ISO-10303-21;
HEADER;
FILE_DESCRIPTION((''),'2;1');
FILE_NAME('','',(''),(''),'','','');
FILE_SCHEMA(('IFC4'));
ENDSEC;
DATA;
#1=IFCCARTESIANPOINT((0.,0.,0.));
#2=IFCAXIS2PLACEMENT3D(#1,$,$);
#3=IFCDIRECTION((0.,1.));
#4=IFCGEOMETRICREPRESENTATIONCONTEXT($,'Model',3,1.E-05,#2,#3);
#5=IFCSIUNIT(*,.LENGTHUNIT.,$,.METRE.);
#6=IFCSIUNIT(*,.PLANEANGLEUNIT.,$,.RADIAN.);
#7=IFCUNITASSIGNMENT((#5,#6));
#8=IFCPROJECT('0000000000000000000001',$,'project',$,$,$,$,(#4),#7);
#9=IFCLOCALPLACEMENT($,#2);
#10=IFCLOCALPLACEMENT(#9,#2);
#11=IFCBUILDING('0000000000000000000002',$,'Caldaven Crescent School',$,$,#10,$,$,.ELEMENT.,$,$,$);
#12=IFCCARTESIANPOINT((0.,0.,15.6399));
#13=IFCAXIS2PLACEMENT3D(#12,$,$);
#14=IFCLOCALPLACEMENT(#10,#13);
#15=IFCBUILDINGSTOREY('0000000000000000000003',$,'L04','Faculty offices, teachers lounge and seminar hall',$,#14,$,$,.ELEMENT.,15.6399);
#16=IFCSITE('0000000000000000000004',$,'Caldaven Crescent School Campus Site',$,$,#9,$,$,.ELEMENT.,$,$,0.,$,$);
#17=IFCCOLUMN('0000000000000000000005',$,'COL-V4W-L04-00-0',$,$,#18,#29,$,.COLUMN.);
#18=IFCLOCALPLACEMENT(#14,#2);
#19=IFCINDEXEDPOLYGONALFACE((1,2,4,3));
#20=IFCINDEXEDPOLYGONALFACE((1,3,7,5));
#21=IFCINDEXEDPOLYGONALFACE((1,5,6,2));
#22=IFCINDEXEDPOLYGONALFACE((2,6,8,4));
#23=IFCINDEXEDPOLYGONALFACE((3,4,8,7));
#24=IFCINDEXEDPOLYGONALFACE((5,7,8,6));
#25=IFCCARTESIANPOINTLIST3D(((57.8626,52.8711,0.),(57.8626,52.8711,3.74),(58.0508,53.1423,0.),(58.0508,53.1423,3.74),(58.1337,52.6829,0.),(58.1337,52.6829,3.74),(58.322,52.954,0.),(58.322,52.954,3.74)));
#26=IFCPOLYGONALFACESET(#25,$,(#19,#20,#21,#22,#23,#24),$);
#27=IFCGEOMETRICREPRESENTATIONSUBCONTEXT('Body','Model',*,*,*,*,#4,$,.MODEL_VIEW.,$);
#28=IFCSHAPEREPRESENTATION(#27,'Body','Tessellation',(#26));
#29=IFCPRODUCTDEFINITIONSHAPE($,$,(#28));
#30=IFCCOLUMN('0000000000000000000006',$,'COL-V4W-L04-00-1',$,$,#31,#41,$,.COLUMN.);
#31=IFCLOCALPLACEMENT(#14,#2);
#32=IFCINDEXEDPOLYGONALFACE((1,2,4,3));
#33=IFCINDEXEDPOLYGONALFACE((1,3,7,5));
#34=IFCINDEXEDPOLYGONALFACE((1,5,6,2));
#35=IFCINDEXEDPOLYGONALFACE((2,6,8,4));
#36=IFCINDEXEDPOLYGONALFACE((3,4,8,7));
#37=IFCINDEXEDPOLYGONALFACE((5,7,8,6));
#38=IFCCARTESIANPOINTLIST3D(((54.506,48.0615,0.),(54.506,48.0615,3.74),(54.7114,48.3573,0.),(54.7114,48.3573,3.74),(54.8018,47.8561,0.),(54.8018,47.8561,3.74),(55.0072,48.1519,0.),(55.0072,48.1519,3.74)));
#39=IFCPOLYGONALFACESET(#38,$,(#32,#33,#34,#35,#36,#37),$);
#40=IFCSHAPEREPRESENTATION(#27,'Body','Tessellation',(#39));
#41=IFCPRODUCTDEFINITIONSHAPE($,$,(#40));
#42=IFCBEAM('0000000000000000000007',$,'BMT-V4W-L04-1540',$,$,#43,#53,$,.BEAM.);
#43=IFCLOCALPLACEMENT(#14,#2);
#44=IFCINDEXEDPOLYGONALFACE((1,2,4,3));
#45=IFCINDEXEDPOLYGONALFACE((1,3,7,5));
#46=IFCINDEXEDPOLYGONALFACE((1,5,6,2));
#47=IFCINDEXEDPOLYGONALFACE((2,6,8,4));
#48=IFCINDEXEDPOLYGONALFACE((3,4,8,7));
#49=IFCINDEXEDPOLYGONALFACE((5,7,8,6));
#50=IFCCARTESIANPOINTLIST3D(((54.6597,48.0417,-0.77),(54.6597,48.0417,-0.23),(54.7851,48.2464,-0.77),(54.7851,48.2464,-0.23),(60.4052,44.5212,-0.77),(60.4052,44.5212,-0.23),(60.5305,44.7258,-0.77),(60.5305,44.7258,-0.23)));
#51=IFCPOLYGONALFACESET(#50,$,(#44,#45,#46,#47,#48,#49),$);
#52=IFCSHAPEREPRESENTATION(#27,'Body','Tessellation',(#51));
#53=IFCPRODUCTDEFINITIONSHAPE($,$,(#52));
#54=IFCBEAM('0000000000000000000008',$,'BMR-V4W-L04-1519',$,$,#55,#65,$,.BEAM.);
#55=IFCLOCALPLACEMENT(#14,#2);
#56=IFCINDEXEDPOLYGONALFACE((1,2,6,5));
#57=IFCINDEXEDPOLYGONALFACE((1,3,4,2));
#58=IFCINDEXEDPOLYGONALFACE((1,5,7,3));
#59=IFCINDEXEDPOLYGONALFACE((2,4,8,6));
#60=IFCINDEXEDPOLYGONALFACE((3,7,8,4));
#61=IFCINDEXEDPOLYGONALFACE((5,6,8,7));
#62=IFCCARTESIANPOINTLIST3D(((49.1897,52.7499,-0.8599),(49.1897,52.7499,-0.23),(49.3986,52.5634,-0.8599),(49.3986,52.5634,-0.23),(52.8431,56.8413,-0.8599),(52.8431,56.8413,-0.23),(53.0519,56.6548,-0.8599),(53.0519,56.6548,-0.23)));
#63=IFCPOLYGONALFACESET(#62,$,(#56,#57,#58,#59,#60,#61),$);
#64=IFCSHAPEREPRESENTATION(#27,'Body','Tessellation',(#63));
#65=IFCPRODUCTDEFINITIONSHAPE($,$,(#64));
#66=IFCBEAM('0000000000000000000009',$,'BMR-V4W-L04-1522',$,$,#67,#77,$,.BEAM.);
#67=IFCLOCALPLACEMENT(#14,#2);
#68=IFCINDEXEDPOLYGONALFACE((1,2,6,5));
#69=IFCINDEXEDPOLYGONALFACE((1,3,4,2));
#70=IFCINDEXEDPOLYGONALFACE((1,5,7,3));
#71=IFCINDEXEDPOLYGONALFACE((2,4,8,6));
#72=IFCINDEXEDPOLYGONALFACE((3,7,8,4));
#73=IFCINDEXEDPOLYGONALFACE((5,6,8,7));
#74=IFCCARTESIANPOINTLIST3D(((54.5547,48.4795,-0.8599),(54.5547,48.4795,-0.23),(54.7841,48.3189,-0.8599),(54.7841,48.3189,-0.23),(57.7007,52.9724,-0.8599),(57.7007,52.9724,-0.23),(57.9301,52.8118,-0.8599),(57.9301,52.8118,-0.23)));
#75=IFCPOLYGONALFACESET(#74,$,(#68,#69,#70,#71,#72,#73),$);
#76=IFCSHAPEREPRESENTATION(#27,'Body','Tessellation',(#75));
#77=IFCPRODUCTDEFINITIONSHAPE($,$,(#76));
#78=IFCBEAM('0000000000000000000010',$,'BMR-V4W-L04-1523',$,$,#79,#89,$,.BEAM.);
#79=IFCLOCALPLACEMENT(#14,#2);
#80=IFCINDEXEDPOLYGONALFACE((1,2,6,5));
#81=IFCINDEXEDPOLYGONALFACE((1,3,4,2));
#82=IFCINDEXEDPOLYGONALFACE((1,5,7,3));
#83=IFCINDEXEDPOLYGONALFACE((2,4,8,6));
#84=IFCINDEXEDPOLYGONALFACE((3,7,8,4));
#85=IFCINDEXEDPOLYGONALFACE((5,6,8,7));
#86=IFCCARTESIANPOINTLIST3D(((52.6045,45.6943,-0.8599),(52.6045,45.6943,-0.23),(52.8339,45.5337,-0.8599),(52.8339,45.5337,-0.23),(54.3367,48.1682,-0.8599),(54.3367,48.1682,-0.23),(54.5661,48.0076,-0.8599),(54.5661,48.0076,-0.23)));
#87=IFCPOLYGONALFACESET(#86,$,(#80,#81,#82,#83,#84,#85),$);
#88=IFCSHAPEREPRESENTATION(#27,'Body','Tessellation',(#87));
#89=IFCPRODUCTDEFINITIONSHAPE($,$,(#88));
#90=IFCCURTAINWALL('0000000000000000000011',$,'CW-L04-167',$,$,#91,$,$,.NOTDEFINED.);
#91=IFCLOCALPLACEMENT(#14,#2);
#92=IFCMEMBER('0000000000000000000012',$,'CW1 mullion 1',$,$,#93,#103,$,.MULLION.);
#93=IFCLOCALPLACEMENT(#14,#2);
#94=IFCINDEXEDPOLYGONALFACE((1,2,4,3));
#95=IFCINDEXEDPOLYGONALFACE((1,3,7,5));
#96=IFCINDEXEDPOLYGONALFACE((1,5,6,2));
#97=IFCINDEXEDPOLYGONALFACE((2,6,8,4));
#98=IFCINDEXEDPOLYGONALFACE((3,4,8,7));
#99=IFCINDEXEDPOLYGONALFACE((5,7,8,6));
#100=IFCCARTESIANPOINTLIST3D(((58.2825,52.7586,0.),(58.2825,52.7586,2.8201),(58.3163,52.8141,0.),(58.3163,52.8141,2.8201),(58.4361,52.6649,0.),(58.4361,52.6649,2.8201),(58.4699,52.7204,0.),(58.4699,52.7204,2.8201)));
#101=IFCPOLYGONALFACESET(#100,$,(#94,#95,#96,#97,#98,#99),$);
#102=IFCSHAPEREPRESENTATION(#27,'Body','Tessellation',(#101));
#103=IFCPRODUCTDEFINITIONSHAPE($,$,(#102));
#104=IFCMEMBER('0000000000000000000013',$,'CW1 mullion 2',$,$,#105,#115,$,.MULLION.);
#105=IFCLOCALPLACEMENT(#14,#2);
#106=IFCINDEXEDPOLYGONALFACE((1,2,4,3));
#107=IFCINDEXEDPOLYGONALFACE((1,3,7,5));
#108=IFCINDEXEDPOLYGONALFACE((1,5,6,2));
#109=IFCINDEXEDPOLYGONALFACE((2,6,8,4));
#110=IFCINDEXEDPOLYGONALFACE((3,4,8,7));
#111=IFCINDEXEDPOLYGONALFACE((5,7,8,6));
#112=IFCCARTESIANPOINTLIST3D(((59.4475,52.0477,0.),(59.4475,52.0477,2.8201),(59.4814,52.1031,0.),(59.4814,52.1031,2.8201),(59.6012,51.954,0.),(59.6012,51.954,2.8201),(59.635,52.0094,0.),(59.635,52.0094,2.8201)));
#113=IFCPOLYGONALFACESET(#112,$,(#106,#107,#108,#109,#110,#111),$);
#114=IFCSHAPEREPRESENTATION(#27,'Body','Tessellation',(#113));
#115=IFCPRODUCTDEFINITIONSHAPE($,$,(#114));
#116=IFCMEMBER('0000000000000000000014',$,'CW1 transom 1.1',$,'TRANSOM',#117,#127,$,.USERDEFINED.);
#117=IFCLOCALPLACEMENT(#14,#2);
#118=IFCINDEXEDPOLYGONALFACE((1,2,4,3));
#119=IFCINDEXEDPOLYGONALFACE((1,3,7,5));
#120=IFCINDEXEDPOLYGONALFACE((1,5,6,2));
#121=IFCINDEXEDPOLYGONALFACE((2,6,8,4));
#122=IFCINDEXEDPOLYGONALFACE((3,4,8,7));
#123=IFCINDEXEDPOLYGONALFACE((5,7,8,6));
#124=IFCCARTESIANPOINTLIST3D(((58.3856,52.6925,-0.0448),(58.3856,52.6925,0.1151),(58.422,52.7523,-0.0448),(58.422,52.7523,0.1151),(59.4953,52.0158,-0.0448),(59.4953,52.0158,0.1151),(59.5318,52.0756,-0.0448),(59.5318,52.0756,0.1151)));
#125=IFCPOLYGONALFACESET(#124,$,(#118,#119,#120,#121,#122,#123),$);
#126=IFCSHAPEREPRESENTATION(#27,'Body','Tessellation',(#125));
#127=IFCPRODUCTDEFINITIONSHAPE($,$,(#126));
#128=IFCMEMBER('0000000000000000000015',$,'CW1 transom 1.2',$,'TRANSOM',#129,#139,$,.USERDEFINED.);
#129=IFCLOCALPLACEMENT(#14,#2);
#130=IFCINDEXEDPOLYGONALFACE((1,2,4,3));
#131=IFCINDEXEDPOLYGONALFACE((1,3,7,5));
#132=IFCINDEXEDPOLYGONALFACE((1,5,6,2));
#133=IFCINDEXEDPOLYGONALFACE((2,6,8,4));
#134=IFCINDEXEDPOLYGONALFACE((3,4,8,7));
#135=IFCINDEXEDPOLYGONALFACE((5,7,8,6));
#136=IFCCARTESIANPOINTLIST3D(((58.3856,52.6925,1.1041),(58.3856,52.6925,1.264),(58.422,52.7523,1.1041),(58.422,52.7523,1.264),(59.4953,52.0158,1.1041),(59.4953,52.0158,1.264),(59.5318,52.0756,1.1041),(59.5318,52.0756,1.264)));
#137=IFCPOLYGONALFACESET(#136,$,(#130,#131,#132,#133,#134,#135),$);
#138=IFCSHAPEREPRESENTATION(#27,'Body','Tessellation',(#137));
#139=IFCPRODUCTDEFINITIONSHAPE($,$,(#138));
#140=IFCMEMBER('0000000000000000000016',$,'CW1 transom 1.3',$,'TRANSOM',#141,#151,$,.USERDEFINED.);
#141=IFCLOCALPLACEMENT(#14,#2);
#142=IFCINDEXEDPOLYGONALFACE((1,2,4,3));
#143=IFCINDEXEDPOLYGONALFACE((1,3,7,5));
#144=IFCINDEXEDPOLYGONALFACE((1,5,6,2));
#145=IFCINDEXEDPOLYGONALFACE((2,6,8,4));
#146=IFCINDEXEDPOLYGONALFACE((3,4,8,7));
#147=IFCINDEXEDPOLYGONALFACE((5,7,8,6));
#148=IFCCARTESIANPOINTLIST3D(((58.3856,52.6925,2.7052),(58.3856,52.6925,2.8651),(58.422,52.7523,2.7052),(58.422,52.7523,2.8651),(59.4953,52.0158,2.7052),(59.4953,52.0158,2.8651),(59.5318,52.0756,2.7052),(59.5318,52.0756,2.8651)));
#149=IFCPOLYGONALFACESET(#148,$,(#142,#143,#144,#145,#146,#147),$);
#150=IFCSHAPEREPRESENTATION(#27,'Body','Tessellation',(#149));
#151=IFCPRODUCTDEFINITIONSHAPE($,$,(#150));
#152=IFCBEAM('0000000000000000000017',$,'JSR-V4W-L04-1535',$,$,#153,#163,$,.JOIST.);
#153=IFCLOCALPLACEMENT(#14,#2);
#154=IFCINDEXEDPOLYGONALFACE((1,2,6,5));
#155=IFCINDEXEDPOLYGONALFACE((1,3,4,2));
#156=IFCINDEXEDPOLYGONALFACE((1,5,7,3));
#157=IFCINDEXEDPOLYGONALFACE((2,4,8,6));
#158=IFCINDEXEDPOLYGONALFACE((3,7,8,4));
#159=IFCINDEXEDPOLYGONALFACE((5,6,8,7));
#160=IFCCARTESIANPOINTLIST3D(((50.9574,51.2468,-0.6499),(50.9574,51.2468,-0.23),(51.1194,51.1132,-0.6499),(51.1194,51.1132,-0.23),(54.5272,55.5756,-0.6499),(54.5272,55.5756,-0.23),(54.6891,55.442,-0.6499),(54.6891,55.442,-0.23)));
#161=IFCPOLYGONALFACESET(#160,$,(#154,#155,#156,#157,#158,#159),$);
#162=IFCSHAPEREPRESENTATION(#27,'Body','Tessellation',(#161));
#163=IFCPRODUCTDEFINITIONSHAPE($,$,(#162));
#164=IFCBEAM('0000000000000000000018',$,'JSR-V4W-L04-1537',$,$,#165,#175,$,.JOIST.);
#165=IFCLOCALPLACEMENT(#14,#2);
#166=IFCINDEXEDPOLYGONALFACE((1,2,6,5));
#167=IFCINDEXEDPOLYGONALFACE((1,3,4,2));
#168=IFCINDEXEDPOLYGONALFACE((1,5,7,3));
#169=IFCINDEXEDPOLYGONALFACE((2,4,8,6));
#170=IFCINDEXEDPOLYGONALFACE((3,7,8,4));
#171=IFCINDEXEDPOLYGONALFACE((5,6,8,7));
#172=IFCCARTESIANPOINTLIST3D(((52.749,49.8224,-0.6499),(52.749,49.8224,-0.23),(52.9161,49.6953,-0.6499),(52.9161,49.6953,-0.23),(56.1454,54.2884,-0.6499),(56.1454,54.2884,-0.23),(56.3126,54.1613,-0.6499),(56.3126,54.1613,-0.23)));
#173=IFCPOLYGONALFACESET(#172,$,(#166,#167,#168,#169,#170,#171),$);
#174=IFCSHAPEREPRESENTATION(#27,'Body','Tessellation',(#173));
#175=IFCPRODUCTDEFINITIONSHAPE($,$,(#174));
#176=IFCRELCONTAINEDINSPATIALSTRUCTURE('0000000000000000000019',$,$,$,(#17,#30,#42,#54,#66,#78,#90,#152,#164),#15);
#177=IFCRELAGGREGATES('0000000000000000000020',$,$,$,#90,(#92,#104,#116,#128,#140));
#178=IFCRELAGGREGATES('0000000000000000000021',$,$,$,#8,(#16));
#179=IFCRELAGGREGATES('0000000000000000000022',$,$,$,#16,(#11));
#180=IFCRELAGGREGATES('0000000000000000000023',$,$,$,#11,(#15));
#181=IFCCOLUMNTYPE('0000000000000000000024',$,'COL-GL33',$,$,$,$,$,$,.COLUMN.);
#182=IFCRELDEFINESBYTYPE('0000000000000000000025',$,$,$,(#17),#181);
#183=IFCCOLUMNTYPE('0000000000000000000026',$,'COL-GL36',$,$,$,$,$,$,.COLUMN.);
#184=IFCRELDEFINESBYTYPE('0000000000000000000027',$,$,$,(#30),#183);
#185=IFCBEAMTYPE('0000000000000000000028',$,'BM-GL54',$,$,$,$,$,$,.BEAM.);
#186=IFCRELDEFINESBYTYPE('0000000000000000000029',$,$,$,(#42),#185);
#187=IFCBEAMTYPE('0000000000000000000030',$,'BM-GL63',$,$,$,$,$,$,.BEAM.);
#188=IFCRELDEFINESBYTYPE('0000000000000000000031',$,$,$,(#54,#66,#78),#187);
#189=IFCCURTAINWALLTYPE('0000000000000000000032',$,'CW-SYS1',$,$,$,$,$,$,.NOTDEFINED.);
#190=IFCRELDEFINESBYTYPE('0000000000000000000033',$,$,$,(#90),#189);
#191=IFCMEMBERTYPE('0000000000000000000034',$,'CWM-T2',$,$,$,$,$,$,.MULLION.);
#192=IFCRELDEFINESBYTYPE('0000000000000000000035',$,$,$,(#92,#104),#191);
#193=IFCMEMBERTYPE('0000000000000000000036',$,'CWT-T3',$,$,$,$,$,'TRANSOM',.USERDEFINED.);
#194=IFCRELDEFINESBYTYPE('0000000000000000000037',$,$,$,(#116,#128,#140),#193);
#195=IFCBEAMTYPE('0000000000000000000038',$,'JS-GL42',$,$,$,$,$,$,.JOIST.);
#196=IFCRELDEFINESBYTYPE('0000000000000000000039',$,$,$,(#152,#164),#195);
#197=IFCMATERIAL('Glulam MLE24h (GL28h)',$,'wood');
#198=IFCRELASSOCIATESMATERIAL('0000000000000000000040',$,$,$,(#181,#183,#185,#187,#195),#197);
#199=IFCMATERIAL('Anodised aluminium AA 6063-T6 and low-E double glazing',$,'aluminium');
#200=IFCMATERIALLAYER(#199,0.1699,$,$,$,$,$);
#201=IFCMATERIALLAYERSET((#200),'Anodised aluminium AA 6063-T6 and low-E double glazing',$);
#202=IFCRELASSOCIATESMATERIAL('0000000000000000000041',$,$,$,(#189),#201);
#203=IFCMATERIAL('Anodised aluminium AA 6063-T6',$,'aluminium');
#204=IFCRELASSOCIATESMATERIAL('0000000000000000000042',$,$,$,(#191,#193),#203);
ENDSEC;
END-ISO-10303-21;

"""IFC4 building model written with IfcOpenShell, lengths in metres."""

from ifc_helpers import new_model, si_unit, direction, frame, origin, origin_2d, place, context, subcontext, project, spatial, rectangle, extrude, material, layer, layer_set, material_profile, profile_set, type_object, element, aggregate, save


model = new_model("IFC4")

# Units and contexts
model_context = context("Model", 3, precision=1e-05, world=origin(), true_north=direction((0.0, 1.0)))
body_context = subcontext(model_context, "Body", "Model", "MODEL_VIEW")
ifc_project = project(units=[si_unit("LENGTHUNIT", "METRE"), si_unit("PLANEANGLEUNIT", "RADIAN")], contexts=[model_context])

# Site, building, storey
site_placement = place(None, origin())
site = spatial("IfcSite", under=ifc_project, at=site_placement, Name="Caldaven Crescent School Campus Site", CompositionType="ELEMENT", RefElevation=0.0)
building_placement = place(site_placement, origin())
building = spatial("IfcBuilding", under=site, at=building_placement, Name="Caldaven Crescent School", CompositionType="ELEMENT")
storey_placement = place(building_placement, frame((0.0, 0.0, 15.6399)))
storey = spatial("IfcBuildingStorey", under=building, at=storey_placement, Name="L04", Description="Faculty offices, teachers lounge and seminar hall", CompositionType="ELEMENT", Elevation=15.6399)

# Columns
ifc_material_1 = material(Name="Glulam MLE24h (GL28h)", Category="wood")
ifc_material_profile_1 = material_profile(ifc_material_1, rectangle(XDim=0.3301, YDim=0.3301, at=origin_2d()), Name="MLE 330x330")
ifc_profile_set_1 = profile_set([ifc_material_profile_1], Name="Glulam MLE24h (GL28h)")
column_type_1 = type_object("IfcColumnType", Name="COL-GL33", PredefinedType="COLUMN", material=ifc_profile_set_1)
column_1_placement = place(storey_placement, frame((58.0923, 52.9126, 0.0), z_axis=(0.0, 0.0, 1.0), x_axis=(-0.570284, -0.821448, 0.0)))
element("IfcColumn", 1, at=column_1_placement, inside=storey, type_object=column_type_1, Name="COL-V4W-L04-00-0", PredefinedType="COLUMN", context=body_context, shape_type="SweptSolid", body=[
    extrude(rectangle(XDim=0.3301, YDim=0.3301, at=origin_2d()), origin(), (0.0, 0.0, 1.0), 3.74),
])
ifc_material_profile_2 = material_profile(ifc_material_1, rectangle(XDim=0.3601, YDim=0.3601, at=origin_2d()), Name="MLE 360x360")
ifc_profile_set_2 = profile_set([ifc_material_profile_2], Name="Glulam MLE24h (GL28h)")
column_type_2 = type_object("IfcColumnType", Name="COL-GL36", PredefinedType="COLUMN", material=ifc_profile_set_2)
column_2_placement = place(storey_placement, frame((54.7566, 48.1067, 0.0), z_axis=(0.0, 0.0, 1.0), x_axis=(-0.570284, -0.821448, 0.0)))
element("IfcColumn", 2, at=column_2_placement, inside=storey, type_object=column_type_2, Name="COL-V4W-L04-00-1", PredefinedType="COLUMN", context=body_context, shape_type="SweptSolid", body=[
    extrude(rectangle(XDim=0.3601, YDim=0.3601, at=origin_2d()), origin(), (0.0, 0.0, 1.0), 3.74),
])

# Beams
ifc_material_profile_3 = material_profile(ifc_material_1, rectangle(XDim=0.24, YDim=0.54, at=origin_2d()), Name="MLE 240x540")
ifc_profile_set_3 = profile_set([ifc_material_profile_3], Name="Glulam MLE24h (GL28h)")
beam_type_1 = type_object("IfcBeamType", Name="BM-GL54", PredefinedType="BEAM", material=ifc_profile_set_3)
beam_1_placement = place(storey_placement, frame((54.7224, 48.144, -0.5), z_axis=(0.852657, -0.522471, 0.0), x_axis=(0.522471, 0.852657, 0.0)))
element("IfcBeam", 3, at=beam_1_placement, inside=storey, type_object=beam_type_1, Name="BMT-V4W-L04-1540", PredefinedType="BEAM", context=body_context, shape_type="SweptSolid", body=[
    extrude(rectangle(XDim=0.24, YDim=0.54, at=origin_2d()), origin(), (0.0, 0.0, 1.0), 6.7383),
])
ifc_material_profile_4 = material_profile(ifc_material_1, rectangle(XDim=0.28, YDim=0.6299, at=origin_2d()), Name="MLE 280x630")
ifc_profile_set_4 = profile_set([ifc_material_profile_4], Name="Glulam MLE24h (GL28h)")
beam_type_2 = type_object("IfcBeamType", Name="BM-GL63", PredefinedType="BEAM", material=ifc_profile_set_4)
beam_2_placement = place(storey_placement, frame((52.9475, 56.748, -0.5449), z_axis=(-0.666053, -0.745904, 0.0), x_axis=(0.745904, -0.666053, 0.0)))
element("IfcBeam", 4, at=beam_2_placement, inside=storey, type_object=beam_type_2, Name="BMR-V4W-L04-1519", PredefinedType="BEAM", context=body_context, shape_type="SweptSolid", body=[
    extrude(rectangle(XDim=0.28, YDim=0.6299, at=origin_2d()), origin(), (0.0, 0.0, 1.0), 5.4851),
])
beam_3_placement = place(storey_placement, frame((57.8154, 52.8921, -0.5449), z_axis=(-0.573579, -0.81915, 0.0), x_axis=(0.81915, -0.573579, 0.0)))
element("IfcBeam", 5, at=beam_3_placement, inside=storey, type_object=beam_type_2, Name="BMR-V4W-L04-1522", PredefinedType="BEAM", context=body_context, shape_type="SweptSolid", body=[
    extrude(rectangle(XDim=0.28, YDim=0.6299, at=origin_2d()), origin(), (0.0, 0.0, 1.0), 5.4849),
])
beam_4_placement = place(storey_placement, frame((54.4514, 48.0879, -0.5449), z_axis=(-0.573565, -0.81916, 0.0), x_axis=(0.81916, -0.573565, 0.0)))
element("IfcBeam", 6, at=beam_4_placement, inside=storey, type_object=beam_type_2, Name="BMR-V4W-L04-1523", PredefinedType="BEAM", context=body_context, shape_type="SweptSolid", body=[
    extrude(rectangle(XDim=0.28, YDim=0.6299, at=origin_2d()), origin(), (0.0, 0.0, 1.0), 3.02),
])

# Curtain wall, members
ifc_material_2 = material(Name="Anodised aluminium AA 6063-T6 and low-E double glazing", Category="aluminium")
ifc_layer_1 = layer(ifc_material_2, 0.1699)
ifc_layer_set_1 = layer_set([ifc_layer_1], Name="Anodised aluminium AA 6063-T6 and low-E double glazing")
curtain_wall_type = type_object("IfcCurtainWallType", Name="CW-SYS1", PredefinedType="NOTDEFINED", material=ifc_layer_set_1)
curtain_wall_placement = place(storey_placement, origin())
curtain_wall = element("IfcCurtainWall", 7, at=curtain_wall_placement, inside=storey, type_object=curtain_wall_type, Name="CW-L04-167", PredefinedType="NOTDEFINED")
ifc_material_3 = material(Name="Anodised aluminium AA 6063-T6", Category="aluminium")
ifc_material_profile_5 = material_profile(ifc_material_3, rectangle(XDim=0.0649, YDim=0.1799, at=origin_2d()), Name="CWM 65x180")
ifc_profile_set_5 = profile_set([ifc_material_profile_5], Name="Anodised aluminium AA 6063-T6")
member_type_1 = type_object("IfcMemberType", Name="CWM-T2", PredefinedType="MULLION", material=ifc_profile_set_5)
member_1_placement = place(storey_placement, frame((58.3762, 52.7395, 0.0), z_axis=(0.0, 0.0, 1.0), x_axis=(0.520751, 0.853709, 0.0)))
member_1 = element("IfcMember", 8, at=member_1_placement, type_object=member_type_1, Name="CW1 mullion 1", PredefinedType="MULLION", context=body_context, shape_type="SweptSolid", body=[
    extrude(rectangle(XDim=0.0649, YDim=0.1799, at=origin_2d()), origin(), (0.0, 0.0, 1.0), 2.8201),
])
member_2_placement = place(storey_placement, frame((59.5413, 52.0286, 0.0), z_axis=(0.0, 0.0, 1.0), x_axis=(0.520751, 0.853709, 0.0)))
member_2 = element("IfcMember", 9, at=member_2_placement, type_object=member_type_1, Name="CW1 mullion 2", PredefinedType="MULLION", context=body_context, shape_type="SweptSolid", body=[
    extrude(rectangle(XDim=0.0649, YDim=0.1799, at=origin_2d()), origin(), (0.0, 0.0, 1.0), 2.8201),
])
ifc_material_profile_6 = material_profile(ifc_material_3, rectangle(XDim=0.0701, YDim=0.1599, at=origin_2d()), Name="CWT 70x160")
ifc_profile_set_6 = profile_set([ifc_material_profile_6], Name="Anodised aluminium AA 6063-T6")
member_type_2 = type_object("IfcMemberType", Name="CWT-T3", ElementType="TRANSOM", PredefinedType="USERDEFINED", material=ifc_profile_set_6)
member_3_placement = place(storey_placement, frame((58.4038, 52.7224, 0.0352), z_axis=(0.853792, -0.520614, 0.0), x_axis=(0.520614, 0.853792, 0.0)))
member_3 = element("IfcMember", 10, at=member_3_placement, type_object=member_type_2, Name="CW1 transom 1.1", ObjectType="TRANSOM", PredefinedType="USERDEFINED", context=body_context, shape_type="SweptSolid", body=[
    extrude(rectangle(XDim=0.0701, YDim=0.1599, at=origin_2d()), origin(), (0.0, 0.0, 1.0), 1.2998),
])
member_4_placement = place(storey_placement, frame((58.4038, 52.7224, 1.1841), z_axis=(0.853792, -0.520614, 0.0), x_axis=(0.520614, 0.853792, 0.0)))
member_4 = element("IfcMember", 11, at=member_4_placement, type_object=member_type_2, Name="CW1 transom 1.2", ObjectType="TRANSOM", PredefinedType="USERDEFINED", context=body_context, shape_type="SweptSolid", body=[
    extrude(rectangle(XDim=0.0701, YDim=0.1599, at=origin_2d()), origin(), (0.0, 0.0, 1.0), 1.2998),
])
member_5_placement = place(storey_placement, frame((58.4038, 52.7224, 2.7852), z_axis=(0.853792, -0.520614, 0.0), x_axis=(0.520614, 0.853792, 0.0)))
member_5 = element("IfcMember", 12, at=member_5_placement, type_object=member_type_2, Name="CW1 transom 1.3", ObjectType="TRANSOM", PredefinedType="USERDEFINED", context=body_context, shape_type="SweptSolid", body=[
    extrude(rectangle(XDim=0.0701, YDim=0.1599, at=origin_2d()), origin(), (0.0, 0.0, 1.0), 1.2998),
])

# Beams
ifc_material_profile_7 = material_profile(ifc_material_1, rectangle(XDim=0.21, YDim=0.4199, at=origin_2d()), Name="MLE 210x420")
ifc_profile_set_7 = profile_set([ifc_material_profile_7], Name="Glulam MLE24h (GL28h)")
beam_type_3 = type_object("IfcBeamType", Name="JS-GL42", PredefinedType="JOIST", material=ifc_profile_set_7)
for number, where, z_axis, x_axis, name in (
    (13, (54.6082, 55.5088, -0.4399), (-0.636226, -0.771503, 0.0), (0.771503, -0.636226, 0.0), "JSR-V4W-L04-1535"),
    (14, (56.229, 54.2249, -0.4399), (-0.60534, -0.795967, 0.0), (0.795967, -0.60534, 0.0), "JSR-V4W-L04-1537"),
):
    element("IfcBeam", number, at=place(storey_placement, frame(where, z_axis=z_axis, x_axis=x_axis)), inside=storey, type_object=beam_type_3, Name=name, PredefinedType="JOIST", context=body_context, shape_type="SweptSolid", body=[
        extrude(rectangle(XDim=0.21, YDim=0.4199, at=origin_2d()), origin(), (0.0, 0.0, 1.0), 5.6108),
    ])

aggregate(curtain_wall, [member_1, member_2, member_3, member_4, member_5])

save(model, "model.ifc")
